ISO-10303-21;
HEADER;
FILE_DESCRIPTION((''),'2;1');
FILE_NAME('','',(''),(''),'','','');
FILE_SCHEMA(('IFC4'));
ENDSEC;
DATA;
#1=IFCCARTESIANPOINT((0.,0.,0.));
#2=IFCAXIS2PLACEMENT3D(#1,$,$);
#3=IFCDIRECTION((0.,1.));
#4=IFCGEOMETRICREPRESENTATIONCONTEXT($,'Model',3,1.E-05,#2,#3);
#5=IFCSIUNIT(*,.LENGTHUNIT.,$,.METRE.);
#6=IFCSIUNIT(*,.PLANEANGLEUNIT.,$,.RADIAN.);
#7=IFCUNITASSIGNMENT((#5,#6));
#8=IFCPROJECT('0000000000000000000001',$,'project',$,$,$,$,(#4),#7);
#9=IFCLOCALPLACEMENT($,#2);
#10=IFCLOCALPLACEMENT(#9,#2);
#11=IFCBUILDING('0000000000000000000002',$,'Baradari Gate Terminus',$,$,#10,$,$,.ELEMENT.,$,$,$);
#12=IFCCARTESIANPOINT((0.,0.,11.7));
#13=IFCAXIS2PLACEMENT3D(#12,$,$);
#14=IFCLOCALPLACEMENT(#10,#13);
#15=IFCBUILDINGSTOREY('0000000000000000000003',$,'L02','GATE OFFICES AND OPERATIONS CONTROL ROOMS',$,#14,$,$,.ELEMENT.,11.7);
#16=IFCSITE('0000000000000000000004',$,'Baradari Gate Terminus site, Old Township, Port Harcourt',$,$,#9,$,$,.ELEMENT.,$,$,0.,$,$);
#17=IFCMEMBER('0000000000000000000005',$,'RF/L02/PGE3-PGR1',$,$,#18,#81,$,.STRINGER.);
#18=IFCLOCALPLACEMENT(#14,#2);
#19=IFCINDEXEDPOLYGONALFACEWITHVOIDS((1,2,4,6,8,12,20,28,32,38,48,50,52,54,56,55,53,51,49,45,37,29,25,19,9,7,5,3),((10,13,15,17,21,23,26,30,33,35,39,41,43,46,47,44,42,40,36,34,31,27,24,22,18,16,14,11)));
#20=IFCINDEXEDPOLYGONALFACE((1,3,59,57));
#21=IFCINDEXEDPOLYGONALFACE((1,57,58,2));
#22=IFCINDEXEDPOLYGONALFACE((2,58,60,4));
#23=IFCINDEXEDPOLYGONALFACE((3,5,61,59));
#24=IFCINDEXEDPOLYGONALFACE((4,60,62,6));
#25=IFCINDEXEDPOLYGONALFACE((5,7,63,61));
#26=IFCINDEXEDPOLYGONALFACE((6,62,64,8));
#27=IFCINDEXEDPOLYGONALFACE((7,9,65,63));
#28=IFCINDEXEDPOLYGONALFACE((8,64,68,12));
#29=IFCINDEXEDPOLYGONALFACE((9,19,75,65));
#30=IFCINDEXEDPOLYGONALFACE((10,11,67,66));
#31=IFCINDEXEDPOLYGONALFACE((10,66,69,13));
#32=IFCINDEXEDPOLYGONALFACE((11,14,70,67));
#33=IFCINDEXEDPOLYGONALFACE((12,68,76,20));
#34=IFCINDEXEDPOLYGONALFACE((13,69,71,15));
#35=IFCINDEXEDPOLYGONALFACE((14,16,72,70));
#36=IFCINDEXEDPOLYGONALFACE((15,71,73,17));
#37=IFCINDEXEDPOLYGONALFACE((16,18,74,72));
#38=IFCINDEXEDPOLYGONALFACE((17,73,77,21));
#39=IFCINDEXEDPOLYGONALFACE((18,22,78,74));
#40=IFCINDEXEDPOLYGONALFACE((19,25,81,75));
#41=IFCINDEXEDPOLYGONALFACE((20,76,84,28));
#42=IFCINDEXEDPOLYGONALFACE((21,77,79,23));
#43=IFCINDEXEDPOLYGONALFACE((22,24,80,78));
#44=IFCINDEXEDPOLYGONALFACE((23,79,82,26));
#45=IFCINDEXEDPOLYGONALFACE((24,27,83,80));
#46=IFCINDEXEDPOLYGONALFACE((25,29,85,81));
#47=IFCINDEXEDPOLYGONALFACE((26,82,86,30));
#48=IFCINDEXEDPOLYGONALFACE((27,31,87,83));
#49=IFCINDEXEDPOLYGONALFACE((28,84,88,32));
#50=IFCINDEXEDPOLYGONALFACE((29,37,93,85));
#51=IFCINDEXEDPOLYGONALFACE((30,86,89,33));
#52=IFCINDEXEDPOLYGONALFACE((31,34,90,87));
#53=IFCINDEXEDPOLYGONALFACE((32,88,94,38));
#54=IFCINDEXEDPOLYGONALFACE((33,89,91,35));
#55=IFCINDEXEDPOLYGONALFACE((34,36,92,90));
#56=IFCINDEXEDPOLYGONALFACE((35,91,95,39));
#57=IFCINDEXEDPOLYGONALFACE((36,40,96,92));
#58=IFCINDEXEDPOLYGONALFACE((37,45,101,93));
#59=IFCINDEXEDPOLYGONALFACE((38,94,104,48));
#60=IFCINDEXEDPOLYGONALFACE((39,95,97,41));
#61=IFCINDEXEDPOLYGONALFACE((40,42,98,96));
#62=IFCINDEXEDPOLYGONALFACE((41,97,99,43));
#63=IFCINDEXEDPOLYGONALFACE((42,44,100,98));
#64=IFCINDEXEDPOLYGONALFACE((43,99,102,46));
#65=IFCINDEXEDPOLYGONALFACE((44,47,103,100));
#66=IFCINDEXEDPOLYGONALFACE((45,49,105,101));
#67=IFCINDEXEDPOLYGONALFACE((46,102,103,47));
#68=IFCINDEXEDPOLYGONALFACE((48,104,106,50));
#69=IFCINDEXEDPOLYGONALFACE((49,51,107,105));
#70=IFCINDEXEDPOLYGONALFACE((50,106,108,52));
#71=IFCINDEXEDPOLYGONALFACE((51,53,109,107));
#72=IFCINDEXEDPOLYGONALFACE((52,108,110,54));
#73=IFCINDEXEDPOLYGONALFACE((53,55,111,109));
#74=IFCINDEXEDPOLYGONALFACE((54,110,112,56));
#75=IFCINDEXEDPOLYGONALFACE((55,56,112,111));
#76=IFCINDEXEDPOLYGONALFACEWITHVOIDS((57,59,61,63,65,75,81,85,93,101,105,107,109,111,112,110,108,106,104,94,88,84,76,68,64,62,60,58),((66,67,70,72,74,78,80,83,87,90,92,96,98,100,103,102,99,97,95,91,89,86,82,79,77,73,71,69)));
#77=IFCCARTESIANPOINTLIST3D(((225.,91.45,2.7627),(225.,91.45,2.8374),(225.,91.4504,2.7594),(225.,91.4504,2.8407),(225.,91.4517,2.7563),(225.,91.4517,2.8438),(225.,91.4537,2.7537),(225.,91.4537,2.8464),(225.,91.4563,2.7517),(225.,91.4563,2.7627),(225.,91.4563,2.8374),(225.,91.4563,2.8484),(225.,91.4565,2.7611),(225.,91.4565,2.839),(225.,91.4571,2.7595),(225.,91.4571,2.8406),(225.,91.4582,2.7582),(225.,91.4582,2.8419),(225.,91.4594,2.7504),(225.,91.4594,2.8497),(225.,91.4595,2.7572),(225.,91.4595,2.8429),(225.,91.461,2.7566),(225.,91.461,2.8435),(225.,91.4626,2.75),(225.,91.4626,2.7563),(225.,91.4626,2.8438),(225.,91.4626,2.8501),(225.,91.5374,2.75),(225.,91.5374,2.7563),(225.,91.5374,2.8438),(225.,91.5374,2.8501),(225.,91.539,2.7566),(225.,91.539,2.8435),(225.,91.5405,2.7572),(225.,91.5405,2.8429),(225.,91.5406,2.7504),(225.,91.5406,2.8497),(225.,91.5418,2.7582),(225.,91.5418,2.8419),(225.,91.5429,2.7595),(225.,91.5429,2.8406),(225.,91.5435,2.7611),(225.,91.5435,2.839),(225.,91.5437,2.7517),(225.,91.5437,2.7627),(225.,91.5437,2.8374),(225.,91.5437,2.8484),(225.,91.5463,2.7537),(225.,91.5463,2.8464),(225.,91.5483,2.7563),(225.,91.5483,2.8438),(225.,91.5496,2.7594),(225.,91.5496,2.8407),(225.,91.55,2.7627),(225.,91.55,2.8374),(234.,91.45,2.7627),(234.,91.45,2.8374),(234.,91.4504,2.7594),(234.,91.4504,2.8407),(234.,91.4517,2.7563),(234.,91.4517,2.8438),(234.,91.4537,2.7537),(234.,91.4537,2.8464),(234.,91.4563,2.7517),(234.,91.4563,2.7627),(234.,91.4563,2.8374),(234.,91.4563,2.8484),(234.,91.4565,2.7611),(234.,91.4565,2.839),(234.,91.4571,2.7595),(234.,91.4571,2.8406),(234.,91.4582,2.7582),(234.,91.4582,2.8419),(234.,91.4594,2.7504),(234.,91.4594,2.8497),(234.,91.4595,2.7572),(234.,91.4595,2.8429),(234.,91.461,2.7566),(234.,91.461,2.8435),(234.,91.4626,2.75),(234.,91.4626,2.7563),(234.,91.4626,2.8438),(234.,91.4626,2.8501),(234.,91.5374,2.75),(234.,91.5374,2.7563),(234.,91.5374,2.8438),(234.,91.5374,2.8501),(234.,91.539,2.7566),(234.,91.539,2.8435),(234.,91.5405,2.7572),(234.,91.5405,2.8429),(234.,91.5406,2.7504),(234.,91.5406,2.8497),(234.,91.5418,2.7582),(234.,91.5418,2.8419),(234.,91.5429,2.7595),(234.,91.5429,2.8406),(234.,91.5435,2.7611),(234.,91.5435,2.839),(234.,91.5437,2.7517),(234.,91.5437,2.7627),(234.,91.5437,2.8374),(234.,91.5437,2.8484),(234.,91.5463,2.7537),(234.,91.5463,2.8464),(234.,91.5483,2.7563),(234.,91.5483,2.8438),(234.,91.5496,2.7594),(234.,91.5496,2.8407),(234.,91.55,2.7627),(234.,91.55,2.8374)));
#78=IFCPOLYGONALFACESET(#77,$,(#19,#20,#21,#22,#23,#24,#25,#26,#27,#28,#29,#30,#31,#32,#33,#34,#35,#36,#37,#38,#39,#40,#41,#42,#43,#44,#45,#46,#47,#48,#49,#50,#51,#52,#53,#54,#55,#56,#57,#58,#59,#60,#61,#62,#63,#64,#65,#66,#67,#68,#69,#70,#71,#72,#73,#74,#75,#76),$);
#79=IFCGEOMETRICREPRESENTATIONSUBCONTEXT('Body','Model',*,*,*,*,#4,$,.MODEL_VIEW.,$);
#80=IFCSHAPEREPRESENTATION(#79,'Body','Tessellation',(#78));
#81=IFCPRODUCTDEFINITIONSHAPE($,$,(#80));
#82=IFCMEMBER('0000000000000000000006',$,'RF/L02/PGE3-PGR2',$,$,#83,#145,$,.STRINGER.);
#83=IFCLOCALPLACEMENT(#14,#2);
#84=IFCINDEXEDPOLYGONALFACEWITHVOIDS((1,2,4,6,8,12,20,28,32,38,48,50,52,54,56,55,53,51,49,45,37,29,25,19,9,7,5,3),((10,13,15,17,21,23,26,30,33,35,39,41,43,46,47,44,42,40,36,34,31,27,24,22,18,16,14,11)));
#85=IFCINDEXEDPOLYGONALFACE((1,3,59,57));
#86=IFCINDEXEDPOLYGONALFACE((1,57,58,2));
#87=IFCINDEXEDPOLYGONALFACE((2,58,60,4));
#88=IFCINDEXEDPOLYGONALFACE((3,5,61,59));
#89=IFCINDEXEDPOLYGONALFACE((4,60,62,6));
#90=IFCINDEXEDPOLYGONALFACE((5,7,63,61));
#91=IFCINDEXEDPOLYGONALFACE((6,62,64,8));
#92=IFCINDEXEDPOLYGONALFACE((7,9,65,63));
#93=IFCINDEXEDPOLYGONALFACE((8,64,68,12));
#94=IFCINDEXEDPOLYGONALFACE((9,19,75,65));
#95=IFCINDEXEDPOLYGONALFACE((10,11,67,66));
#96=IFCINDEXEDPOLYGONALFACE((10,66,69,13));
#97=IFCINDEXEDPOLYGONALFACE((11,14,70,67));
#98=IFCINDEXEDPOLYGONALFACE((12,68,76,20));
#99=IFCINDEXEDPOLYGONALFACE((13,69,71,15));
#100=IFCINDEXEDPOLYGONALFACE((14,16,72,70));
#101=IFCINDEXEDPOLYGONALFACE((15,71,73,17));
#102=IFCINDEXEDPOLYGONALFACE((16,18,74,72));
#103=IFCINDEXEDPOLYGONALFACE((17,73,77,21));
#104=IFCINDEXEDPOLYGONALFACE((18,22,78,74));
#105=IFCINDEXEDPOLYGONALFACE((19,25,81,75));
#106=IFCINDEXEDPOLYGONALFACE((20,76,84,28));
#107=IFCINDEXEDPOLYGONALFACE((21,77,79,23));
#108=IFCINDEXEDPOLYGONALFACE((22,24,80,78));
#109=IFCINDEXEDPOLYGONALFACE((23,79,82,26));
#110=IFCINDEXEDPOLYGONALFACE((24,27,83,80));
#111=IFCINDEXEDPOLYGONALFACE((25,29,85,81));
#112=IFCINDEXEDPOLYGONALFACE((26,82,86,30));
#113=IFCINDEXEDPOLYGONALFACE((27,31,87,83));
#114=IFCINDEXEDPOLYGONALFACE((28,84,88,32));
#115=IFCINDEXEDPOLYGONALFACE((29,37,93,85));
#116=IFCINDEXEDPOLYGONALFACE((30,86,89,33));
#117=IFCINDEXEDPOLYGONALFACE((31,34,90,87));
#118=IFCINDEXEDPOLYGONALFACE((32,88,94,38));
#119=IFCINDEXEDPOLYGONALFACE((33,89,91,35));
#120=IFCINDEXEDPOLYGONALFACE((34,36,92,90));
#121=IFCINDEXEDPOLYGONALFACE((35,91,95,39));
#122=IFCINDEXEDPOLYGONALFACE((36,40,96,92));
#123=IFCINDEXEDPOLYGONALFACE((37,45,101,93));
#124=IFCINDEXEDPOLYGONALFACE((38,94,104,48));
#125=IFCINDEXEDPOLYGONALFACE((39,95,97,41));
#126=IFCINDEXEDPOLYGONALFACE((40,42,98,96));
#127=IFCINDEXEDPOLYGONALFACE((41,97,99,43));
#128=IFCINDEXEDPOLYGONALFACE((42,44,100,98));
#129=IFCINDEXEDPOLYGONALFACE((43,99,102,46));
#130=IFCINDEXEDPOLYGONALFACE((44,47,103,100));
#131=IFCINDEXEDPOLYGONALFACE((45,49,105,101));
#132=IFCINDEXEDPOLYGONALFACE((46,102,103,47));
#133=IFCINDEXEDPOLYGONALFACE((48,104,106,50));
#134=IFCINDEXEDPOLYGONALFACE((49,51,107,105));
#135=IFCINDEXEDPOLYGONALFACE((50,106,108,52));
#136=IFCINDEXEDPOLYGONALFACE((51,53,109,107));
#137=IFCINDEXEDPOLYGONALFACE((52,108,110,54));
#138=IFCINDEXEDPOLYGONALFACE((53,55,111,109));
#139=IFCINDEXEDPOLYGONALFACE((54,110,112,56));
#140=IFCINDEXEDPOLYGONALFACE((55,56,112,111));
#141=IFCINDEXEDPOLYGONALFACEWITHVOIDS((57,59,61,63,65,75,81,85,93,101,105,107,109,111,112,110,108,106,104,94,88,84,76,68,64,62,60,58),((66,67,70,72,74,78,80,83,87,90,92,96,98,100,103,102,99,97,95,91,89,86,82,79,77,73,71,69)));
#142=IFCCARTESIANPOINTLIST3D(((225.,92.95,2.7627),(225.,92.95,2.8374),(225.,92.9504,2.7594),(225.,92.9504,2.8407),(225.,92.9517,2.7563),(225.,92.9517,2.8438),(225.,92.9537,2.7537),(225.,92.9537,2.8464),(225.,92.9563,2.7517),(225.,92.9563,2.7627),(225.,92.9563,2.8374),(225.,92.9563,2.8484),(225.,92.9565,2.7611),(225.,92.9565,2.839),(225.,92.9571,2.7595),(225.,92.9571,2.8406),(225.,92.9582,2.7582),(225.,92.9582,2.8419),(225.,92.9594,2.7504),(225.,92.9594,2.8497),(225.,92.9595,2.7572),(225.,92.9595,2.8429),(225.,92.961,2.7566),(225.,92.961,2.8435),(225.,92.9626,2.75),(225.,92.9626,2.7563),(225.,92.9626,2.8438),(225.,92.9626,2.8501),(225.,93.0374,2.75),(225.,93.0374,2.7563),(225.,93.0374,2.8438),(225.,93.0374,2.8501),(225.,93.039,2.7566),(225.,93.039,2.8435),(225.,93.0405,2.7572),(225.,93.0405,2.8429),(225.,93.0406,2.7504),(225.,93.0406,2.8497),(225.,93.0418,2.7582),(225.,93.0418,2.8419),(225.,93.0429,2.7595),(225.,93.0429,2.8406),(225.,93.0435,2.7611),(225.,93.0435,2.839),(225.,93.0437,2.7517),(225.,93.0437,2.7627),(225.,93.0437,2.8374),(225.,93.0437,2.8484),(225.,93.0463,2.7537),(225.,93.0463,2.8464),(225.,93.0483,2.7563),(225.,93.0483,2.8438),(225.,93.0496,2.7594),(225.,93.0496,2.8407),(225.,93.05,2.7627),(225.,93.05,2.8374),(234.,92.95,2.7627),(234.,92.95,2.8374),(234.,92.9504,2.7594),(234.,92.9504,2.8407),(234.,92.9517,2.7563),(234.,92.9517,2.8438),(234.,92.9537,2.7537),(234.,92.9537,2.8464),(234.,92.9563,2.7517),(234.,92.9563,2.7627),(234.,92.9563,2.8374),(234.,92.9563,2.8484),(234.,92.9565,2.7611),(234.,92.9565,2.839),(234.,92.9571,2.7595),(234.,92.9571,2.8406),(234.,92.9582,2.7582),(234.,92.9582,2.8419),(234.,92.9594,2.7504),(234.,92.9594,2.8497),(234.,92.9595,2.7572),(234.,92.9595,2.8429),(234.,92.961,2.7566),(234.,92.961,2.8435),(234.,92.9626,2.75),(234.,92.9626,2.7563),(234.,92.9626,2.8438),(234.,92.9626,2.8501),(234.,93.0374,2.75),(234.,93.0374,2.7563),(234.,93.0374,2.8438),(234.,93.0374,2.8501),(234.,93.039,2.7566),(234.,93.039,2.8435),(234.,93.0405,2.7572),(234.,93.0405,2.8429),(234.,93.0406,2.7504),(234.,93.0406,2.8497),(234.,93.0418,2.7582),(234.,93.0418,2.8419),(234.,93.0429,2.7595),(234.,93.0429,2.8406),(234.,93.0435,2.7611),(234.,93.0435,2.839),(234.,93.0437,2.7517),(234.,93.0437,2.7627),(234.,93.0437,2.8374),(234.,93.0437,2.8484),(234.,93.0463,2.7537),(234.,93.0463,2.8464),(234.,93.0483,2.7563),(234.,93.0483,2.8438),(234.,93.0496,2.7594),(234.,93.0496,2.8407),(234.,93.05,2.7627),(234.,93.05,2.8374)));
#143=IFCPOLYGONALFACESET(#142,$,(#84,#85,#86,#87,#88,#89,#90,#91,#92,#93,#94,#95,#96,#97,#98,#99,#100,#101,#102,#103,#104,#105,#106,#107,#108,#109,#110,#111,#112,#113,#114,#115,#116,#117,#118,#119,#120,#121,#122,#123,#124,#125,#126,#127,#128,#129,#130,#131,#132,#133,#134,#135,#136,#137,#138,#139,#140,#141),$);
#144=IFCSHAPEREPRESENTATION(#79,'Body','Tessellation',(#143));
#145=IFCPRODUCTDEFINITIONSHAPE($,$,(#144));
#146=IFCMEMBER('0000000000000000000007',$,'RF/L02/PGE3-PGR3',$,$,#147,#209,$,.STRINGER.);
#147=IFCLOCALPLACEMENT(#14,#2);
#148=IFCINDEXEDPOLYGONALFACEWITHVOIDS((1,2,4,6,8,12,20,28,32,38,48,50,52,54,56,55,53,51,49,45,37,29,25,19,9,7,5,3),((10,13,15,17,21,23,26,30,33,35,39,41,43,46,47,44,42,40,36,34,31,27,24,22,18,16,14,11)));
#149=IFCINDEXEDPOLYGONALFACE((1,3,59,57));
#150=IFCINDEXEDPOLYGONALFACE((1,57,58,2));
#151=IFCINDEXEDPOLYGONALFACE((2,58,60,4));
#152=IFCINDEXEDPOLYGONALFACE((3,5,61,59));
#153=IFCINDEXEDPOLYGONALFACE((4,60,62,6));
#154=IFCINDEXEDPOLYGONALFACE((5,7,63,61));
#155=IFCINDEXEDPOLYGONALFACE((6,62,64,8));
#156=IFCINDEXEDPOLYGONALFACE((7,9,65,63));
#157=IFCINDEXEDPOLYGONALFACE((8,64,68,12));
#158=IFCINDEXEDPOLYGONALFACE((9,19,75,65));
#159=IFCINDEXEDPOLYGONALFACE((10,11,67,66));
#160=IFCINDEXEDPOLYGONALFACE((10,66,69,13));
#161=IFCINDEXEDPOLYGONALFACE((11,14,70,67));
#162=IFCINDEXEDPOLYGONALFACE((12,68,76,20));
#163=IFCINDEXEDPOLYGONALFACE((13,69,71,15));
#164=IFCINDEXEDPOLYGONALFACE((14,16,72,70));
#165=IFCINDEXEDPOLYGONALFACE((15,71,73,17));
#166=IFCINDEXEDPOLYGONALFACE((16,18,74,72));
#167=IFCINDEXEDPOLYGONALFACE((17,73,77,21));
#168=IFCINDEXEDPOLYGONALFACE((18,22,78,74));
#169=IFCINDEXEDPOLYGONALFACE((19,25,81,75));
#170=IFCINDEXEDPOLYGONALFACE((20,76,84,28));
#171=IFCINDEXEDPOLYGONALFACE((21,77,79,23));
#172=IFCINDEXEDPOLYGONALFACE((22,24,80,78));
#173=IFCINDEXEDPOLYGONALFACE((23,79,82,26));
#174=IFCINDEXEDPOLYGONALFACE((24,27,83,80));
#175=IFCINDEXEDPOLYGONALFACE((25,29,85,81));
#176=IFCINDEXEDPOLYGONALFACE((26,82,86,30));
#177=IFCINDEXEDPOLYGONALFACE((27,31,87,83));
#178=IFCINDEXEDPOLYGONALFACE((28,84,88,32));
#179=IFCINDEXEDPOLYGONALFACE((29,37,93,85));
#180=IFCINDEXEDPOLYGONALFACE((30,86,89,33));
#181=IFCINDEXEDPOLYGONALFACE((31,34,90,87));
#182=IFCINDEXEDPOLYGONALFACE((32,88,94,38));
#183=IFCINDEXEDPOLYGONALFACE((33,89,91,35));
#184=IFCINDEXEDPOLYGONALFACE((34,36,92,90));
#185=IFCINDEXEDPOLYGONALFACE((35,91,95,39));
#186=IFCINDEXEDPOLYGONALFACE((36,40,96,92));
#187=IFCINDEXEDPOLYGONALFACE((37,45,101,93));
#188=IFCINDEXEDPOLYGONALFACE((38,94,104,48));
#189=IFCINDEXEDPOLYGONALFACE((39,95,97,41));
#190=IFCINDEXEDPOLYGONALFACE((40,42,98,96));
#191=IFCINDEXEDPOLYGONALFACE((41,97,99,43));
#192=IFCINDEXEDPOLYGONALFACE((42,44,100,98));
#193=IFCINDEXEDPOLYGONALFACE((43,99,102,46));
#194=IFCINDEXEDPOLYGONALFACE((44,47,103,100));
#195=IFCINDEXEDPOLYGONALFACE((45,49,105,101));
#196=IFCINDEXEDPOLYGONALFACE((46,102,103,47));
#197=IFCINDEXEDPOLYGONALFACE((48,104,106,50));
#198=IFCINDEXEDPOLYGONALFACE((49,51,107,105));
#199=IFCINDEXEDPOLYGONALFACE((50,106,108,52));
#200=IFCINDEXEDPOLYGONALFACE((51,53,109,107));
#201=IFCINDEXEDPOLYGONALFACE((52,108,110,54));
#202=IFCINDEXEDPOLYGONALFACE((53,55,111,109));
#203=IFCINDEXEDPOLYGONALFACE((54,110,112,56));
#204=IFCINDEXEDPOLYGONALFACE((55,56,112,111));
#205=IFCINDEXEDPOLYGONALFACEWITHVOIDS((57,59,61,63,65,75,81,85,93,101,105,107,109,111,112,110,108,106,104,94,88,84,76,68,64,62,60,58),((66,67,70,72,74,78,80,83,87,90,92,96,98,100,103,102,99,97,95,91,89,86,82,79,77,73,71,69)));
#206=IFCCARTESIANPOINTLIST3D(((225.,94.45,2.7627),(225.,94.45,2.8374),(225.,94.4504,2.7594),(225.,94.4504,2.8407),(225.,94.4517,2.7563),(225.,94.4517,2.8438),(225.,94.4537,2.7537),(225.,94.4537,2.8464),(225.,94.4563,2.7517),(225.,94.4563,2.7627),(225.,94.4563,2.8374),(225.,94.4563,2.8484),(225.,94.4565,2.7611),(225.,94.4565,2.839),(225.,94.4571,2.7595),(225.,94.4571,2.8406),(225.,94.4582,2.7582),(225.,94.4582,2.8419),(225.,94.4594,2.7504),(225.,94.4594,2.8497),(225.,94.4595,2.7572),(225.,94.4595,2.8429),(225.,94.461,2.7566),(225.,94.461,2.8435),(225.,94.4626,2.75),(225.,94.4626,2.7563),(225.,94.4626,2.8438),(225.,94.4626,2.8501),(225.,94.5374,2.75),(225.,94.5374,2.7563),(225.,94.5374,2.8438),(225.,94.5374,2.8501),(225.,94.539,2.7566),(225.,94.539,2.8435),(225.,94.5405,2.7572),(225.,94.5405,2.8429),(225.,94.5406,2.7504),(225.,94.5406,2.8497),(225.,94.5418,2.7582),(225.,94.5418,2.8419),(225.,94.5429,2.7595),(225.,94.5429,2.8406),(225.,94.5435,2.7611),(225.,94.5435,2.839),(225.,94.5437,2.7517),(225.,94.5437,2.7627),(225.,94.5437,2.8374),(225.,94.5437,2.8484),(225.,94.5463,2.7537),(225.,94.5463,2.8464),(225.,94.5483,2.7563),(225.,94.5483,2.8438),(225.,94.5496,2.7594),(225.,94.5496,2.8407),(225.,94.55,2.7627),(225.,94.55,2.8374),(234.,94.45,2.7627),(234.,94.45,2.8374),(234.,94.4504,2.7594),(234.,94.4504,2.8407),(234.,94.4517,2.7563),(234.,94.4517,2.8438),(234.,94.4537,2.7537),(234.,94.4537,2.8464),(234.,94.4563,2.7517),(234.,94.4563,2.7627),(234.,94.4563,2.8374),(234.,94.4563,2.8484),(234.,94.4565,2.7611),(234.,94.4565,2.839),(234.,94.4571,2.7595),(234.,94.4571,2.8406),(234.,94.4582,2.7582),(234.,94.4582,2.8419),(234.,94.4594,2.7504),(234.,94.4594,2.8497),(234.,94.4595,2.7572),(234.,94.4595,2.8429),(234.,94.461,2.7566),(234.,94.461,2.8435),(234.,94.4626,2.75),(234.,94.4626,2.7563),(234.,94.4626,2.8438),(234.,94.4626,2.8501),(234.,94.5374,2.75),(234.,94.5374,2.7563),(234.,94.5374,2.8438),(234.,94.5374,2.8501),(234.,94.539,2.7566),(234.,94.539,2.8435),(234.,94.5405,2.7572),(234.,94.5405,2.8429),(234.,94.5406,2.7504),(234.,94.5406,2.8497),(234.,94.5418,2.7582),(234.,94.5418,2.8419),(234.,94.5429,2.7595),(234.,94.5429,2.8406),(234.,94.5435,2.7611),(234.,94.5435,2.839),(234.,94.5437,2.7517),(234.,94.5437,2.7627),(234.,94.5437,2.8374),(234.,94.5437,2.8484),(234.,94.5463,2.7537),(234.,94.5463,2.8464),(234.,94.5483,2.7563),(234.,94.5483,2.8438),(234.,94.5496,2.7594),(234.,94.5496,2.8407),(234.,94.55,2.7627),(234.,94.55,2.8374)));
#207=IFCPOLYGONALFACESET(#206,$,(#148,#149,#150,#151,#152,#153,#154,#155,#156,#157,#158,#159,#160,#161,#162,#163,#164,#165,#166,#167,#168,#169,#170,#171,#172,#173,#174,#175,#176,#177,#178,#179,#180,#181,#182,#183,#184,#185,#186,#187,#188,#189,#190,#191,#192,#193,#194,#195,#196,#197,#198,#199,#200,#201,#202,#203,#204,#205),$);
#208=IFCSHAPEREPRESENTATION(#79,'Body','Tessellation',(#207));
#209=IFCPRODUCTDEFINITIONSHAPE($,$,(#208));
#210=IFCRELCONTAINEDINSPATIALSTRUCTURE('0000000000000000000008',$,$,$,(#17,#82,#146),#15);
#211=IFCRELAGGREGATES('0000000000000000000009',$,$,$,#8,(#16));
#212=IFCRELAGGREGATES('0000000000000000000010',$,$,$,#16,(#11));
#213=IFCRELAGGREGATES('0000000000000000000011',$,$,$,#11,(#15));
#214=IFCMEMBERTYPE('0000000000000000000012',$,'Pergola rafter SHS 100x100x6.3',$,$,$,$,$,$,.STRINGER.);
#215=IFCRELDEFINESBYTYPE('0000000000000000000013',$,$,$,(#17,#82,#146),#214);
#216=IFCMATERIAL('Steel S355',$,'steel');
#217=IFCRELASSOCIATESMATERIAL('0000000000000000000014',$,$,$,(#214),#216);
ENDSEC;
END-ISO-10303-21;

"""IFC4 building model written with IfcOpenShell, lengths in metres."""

from ifc_helpers import new_model, si_unit, direction, frame, origin, origin_2d, place, context, subcontext, project, spatial, hollow_rectangle, extrude, material, material_profile, profile_set, type_object, element, save


model = new_model("IFC4")

# Units and contexts
model_context = context("Model", 3, precision=1e-05, world=origin(), true_north=direction((0.0, 1.0)))
body_context = subcontext(model_context, "Body", "Model", "MODEL_VIEW")
ifc_project = project(units=[si_unit("LENGTHUNIT", "METRE"), si_unit("PLANEANGLEUNIT", "RADIAN")], contexts=[model_context])

# Site, building, storey
site_placement = place(None, origin())
site = spatial("IfcSite", under=ifc_project, at=site_placement, Name="Baradari Gate Terminus site, Old Township, Port Harcourt", CompositionType="ELEMENT", RefElevation=0.0)
building_placement = place(site_placement, origin())
building = spatial("IfcBuilding", under=site, at=building_placement, Name="Baradari Gate Terminus", CompositionType="ELEMENT")
storey_placement = place(building_placement, frame((0.0, 0.0, 11.7)))
storey = spatial("IfcBuildingStorey", under=building, at=storey_placement, Name="L02", Description="GATE OFFICES AND OPERATIONS CONTROL ROOMS", CompositionType="ELEMENT", Elevation=11.7)

# Members
ifc_material_1 = material(Name="Steel S355", Category="steel")
ifc_material_profile_1 = material_profile(ifc_material_1, hollow_rectangle(XDim=0.1001, YDim=0.1001, WallThickness=0.0063, InnerFilletRadius=0.0063, OuterFilletRadius=0.0127, at=origin_2d()), Name="SHS 100x100x6.3")
ifc_profile_set_1 = profile_set([ifc_material_profile_1], Name="Steel S355")
member_type_1 = type_object("IfcMemberType", Name="Pergola rafter SHS 100x100x6.3", PredefinedType="STRINGER", material=ifc_profile_set_1)
for number, where, z_axis, x_axis, name in (
    (1, (225.0, 91.5, 2.8), (1.0, 0.0, 0.0), (0.0, 1.0, 0.0), "RF/L02/PGE3-PGR1"),
    (2, (225.0, 93.0, 2.8), (1.0, 0.0, 0.0), (0.0, 1.0, 0.0), "RF/L02/PGE3-PGR2"),
    (3, (225.0, 94.5, 2.8), (1.0, 0.0, 0.0), (0.0, 1.0, 0.0), "RF/L02/PGE3-PGR3"),
):
    element("IfcMember", number, at=place(storey_placement, frame(where, z_axis=z_axis, x_axis=x_axis)), inside=storey, type_object=member_type_1, Name=name, PredefinedType="STRINGER", context=body_context, shape_type="SweptSolid", body=[
        extrude(hollow_rectangle(XDim=0.1001, YDim=0.1001, WallThickness=0.0063, InnerFilletRadius=0.0063, OuterFilletRadius=0.0127, at=origin_2d()), origin(), (0.0, 0.0, 1.0), 9.0),
    ])

save(model, "model.ifc")
